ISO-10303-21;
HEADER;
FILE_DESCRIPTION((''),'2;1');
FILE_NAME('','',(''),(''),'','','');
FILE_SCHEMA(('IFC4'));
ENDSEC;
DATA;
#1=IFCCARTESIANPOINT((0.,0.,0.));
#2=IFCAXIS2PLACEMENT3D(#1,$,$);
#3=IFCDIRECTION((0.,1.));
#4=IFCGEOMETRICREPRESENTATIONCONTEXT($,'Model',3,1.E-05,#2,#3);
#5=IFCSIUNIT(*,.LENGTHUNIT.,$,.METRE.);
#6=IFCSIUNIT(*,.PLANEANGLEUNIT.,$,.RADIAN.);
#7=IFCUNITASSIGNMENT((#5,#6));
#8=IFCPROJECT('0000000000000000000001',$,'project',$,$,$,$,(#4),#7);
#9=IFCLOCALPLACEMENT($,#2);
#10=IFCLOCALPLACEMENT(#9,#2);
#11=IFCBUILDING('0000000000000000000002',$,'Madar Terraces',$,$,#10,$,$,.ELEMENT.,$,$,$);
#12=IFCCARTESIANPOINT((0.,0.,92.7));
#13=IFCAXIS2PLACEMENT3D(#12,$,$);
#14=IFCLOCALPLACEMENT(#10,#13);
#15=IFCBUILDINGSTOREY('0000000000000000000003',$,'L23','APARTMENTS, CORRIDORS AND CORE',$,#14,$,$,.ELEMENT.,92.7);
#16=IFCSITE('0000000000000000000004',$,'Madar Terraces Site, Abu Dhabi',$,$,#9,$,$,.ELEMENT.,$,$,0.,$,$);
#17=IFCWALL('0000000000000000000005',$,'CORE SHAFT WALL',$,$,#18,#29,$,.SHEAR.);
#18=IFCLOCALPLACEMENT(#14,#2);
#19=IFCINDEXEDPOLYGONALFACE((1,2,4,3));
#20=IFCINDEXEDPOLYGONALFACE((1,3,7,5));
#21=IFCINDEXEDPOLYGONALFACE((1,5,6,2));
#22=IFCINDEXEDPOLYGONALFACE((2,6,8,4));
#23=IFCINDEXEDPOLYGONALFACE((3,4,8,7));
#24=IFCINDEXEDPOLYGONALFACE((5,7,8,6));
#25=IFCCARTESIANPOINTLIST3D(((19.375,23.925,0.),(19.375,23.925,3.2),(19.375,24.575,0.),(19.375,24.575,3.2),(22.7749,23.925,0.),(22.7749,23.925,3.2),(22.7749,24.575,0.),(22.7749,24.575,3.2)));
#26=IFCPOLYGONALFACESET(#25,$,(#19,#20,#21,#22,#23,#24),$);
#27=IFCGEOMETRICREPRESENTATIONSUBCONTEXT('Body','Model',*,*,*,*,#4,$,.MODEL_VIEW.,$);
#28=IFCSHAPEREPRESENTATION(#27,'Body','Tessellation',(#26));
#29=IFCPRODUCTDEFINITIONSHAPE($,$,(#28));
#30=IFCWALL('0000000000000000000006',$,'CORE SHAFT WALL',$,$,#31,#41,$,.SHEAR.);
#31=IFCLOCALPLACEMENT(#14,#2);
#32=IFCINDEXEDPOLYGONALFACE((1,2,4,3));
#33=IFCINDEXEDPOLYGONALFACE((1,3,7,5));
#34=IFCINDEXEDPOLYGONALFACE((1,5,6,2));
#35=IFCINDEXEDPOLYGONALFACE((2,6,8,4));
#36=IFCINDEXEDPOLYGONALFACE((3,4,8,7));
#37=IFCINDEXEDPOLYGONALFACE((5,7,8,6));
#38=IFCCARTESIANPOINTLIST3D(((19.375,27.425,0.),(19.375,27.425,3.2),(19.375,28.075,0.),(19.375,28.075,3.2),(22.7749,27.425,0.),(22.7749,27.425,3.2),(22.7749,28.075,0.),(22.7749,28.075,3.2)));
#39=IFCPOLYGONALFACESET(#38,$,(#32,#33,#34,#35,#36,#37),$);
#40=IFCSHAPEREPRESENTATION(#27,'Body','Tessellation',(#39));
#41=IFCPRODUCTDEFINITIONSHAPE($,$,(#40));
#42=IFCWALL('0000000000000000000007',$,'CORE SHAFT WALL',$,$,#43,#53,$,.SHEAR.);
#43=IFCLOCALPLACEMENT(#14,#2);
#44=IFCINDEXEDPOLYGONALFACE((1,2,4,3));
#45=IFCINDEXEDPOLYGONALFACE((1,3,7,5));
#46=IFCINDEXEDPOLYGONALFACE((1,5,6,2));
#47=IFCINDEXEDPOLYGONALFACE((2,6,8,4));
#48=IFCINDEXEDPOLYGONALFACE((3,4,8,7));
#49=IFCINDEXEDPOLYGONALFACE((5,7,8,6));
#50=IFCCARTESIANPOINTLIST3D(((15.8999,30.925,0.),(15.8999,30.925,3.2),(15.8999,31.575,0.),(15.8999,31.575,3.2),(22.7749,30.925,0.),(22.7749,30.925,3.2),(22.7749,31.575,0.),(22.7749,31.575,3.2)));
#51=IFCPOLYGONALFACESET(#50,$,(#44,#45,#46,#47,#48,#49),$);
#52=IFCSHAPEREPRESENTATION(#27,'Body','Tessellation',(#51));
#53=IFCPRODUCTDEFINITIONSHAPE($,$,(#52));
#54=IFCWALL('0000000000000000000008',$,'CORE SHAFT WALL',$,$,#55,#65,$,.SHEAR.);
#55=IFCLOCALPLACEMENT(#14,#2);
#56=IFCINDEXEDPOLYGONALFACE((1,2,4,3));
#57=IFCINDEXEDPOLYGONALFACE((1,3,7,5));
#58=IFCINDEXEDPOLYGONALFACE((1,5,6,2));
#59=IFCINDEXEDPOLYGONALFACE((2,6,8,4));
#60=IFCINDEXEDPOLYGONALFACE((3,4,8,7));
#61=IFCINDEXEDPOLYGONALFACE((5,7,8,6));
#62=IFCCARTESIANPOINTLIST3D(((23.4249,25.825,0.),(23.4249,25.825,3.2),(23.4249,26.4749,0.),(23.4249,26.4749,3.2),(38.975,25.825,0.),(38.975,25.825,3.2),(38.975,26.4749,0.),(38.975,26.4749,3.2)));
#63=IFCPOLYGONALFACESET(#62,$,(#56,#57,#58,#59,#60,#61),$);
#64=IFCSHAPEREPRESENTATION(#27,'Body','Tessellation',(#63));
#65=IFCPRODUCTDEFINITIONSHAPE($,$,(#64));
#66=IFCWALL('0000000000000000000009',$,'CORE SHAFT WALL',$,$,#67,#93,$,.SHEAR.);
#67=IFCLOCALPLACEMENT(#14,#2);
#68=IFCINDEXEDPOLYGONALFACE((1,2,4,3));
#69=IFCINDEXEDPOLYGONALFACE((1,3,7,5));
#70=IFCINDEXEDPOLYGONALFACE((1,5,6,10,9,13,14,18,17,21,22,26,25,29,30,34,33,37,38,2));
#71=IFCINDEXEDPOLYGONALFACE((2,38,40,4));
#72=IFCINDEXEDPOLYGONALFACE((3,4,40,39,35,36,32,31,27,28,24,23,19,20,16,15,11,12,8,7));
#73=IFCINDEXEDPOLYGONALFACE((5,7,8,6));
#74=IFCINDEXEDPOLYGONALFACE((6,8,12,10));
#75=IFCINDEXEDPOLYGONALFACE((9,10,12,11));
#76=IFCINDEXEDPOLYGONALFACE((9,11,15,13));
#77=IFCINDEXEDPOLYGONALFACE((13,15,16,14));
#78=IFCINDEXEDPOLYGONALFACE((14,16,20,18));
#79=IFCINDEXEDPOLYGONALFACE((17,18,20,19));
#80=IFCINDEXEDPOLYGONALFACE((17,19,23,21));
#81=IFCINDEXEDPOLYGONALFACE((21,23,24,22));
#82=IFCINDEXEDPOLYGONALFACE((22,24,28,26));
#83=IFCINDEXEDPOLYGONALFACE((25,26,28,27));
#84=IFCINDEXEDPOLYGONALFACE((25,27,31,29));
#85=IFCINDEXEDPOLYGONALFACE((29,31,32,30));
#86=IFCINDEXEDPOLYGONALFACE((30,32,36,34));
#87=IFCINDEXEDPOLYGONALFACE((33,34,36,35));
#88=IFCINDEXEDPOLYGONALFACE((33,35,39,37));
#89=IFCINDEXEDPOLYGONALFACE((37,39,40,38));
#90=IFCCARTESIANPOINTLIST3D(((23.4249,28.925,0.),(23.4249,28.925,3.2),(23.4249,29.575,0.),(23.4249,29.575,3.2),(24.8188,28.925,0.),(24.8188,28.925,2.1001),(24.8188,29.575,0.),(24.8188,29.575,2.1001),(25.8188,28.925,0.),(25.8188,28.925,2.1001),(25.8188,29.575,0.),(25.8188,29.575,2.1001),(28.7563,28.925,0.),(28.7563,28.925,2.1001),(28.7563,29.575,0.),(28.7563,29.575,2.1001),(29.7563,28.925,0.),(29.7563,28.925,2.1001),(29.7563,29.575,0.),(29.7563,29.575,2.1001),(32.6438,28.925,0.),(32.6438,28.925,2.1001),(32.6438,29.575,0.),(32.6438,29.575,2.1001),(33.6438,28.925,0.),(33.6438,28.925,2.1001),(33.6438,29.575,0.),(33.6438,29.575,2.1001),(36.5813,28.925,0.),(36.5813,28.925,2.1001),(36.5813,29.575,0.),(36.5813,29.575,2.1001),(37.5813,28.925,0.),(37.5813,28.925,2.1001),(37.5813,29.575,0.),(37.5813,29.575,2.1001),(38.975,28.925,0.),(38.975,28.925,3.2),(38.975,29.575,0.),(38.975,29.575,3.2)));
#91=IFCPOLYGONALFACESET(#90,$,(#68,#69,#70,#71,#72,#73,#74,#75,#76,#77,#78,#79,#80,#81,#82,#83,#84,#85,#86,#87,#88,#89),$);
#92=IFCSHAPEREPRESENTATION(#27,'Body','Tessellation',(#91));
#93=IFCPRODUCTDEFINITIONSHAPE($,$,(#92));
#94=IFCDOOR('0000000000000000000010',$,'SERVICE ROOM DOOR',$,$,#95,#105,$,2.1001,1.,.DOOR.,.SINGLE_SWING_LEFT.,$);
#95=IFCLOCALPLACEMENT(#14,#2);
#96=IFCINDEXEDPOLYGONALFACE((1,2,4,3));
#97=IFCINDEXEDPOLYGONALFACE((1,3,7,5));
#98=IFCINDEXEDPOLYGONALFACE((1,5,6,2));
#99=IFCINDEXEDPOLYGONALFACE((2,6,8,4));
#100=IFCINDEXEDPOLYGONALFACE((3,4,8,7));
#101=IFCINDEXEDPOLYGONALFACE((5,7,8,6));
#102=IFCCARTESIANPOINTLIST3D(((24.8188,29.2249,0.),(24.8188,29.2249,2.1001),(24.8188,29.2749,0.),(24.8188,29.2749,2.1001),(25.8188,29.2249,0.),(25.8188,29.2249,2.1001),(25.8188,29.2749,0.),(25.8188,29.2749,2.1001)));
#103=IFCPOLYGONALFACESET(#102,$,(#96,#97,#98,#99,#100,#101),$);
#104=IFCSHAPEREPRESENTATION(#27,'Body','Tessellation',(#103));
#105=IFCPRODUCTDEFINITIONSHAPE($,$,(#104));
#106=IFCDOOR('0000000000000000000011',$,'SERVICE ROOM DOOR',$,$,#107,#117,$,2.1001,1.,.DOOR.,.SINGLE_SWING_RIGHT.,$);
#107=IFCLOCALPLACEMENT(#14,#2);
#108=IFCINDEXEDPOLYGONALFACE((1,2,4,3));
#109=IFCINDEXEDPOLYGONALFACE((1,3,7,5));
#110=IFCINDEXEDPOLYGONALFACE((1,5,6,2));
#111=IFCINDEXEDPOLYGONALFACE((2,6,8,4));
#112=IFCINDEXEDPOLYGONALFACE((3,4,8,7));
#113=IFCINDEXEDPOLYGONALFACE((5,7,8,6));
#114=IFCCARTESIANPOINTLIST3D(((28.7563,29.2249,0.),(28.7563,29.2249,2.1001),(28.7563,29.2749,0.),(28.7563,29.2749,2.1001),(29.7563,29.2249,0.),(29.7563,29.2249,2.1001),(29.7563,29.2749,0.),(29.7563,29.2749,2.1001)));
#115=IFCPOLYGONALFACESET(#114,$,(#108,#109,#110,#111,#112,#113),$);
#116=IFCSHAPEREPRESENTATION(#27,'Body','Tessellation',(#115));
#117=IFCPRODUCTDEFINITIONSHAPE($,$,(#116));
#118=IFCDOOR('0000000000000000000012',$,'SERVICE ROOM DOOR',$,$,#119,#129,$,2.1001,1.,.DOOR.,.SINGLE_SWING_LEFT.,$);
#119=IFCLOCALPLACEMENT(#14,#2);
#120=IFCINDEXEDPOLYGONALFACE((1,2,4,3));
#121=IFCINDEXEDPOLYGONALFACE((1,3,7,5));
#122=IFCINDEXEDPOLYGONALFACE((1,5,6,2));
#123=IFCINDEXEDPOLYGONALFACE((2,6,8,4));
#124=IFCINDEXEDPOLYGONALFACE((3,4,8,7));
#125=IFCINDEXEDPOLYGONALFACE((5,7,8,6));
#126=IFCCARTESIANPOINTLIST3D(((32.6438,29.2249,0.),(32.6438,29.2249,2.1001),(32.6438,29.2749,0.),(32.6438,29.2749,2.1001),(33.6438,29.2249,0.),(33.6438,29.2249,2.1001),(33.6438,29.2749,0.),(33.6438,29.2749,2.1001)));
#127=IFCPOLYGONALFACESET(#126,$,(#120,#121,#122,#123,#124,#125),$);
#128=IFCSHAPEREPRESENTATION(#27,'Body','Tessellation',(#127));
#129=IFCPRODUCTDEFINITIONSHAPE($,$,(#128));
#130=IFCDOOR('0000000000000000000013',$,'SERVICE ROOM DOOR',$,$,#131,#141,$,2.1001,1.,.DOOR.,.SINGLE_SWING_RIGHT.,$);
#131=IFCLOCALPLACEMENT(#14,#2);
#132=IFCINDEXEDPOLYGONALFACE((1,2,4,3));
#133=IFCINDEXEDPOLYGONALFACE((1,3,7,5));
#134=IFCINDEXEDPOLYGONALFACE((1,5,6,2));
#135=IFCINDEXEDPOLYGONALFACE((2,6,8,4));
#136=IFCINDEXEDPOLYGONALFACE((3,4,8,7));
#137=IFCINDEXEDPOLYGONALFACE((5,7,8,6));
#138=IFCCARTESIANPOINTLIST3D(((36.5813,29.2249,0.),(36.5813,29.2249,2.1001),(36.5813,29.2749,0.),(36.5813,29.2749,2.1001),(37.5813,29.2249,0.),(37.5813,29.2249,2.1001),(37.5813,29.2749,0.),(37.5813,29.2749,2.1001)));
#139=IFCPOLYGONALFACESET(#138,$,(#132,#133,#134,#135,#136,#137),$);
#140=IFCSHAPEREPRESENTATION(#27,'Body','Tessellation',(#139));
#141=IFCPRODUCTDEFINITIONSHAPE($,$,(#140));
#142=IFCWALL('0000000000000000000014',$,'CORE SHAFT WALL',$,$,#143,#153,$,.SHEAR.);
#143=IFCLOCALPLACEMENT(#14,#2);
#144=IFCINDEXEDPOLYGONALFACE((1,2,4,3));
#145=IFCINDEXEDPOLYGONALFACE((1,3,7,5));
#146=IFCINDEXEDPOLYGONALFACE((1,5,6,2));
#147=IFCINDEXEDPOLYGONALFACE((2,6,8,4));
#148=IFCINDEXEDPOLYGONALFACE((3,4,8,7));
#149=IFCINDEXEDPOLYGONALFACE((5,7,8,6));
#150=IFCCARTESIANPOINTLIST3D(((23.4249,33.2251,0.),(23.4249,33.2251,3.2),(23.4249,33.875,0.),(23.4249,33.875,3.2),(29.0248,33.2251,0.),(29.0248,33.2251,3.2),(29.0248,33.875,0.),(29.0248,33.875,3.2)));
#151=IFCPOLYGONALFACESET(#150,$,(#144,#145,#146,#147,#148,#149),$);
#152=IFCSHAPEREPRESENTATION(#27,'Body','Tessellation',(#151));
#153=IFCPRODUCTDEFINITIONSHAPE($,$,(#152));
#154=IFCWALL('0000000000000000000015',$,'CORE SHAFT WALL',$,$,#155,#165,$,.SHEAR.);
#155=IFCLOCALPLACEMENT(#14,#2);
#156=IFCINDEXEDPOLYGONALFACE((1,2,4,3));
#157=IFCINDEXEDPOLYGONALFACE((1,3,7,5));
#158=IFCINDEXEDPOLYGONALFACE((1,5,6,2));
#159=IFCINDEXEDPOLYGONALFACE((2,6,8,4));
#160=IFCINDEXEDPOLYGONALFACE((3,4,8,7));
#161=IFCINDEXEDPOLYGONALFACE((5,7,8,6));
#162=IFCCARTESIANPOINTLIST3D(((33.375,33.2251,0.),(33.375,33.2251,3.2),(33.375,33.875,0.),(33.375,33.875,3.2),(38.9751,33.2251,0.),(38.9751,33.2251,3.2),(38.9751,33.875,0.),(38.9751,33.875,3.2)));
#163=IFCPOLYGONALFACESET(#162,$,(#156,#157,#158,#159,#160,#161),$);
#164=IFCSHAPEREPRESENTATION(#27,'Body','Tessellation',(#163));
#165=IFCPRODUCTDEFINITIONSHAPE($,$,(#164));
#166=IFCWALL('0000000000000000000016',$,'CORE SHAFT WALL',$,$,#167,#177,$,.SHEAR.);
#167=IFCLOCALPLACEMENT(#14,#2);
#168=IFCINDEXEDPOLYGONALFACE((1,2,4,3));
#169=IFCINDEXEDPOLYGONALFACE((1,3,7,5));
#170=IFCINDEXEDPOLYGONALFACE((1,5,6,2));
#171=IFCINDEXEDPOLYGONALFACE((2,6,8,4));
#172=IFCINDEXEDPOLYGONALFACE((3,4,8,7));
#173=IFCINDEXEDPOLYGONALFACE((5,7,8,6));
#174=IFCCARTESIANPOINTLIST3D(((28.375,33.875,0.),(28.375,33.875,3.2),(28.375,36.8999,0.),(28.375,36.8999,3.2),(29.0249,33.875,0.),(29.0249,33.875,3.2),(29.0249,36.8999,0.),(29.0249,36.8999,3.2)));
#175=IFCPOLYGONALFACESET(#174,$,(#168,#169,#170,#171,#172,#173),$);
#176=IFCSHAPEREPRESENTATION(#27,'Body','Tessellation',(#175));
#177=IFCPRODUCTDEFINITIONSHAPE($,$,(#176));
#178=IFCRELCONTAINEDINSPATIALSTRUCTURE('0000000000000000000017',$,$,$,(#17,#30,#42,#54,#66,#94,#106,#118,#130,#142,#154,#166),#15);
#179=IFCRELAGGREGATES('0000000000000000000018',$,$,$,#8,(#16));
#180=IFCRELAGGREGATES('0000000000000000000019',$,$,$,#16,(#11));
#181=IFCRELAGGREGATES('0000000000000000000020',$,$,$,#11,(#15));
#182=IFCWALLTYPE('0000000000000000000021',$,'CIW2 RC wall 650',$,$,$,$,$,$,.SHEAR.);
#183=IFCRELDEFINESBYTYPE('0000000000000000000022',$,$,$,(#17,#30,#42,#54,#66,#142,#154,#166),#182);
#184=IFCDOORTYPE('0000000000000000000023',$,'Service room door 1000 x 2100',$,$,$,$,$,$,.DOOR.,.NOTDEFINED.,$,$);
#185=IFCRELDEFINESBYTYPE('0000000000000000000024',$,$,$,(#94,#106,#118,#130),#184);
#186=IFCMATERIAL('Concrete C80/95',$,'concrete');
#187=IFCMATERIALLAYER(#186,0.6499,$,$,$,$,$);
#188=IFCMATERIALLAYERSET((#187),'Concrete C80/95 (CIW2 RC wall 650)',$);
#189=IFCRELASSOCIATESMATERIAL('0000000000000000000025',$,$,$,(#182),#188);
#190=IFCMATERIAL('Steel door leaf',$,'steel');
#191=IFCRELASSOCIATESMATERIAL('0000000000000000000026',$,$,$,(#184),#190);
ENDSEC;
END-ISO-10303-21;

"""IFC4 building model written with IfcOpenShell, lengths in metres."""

from ifc_helpers import new_model, si_unit, direction, frame, frame_2d, origin, place, context, subcontext, project, spatial, rectangle, extrude, material, layer, layer_set, type_object, element, fill, save


model = new_model("IFC4")

# Units and contexts
model_context = context("Model", 3, precision=1e-05, world=origin(), true_north=direction((0.0, 1.0)))
body_context = subcontext(model_context, "Body", "Model", "MODEL_VIEW")
ifc_project = project(units=[si_unit("LENGTHUNIT", "METRE"), si_unit("PLANEANGLEUNIT", "RADIAN")], contexts=[model_context])

# Site, building, storey
site_placement = place(None, origin())
site = spatial("IfcSite", under=ifc_project, at=site_placement, Name="Madar Terraces Site, Abu Dhabi", CompositionType="ELEMENT", RefElevation=0.0)
building_placement = place(site_placement, origin())
building = spatial("IfcBuilding", under=site, at=building_placement, Name="Madar Terraces", CompositionType="ELEMENT")
storey_placement = place(building_placement, frame((0.0, 0.0, 92.7)))
storey = spatial("IfcBuildingStorey", under=building, at=storey_placement, Name="L23", Description="APARTMENTS, CORRIDORS AND CORE", CompositionType="ELEMENT", Elevation=92.7)

# Walls
ifc_material_1 = material(Name="Concrete C80/95", Category="concrete")
ifc_layer_1 = layer(ifc_material_1, 0.6499)
ifc_layer_set_1 = layer_set([ifc_layer_1], Name="Concrete C80/95 (CIW2 RC wall 650)")
wall_type_1 = type_object("IfcWallType", Name="CIW2 RC wall 650", PredefinedType="SHEAR", material=ifc_layer_set_1)
for number, where, z_axis, x_axis, name in (
    (1, (19.375, 24.25, 0.0), (0.0, 0.0, 1.0), (1.0, 0.0, 0.0), "CORE SHAFT WALL"),
    (2, (19.375, 27.75, 0.0), (0.0, 0.0, 1.0), (1.0, 0.0, 0.0), "CORE SHAFT WALL"),
):
    element("IfcWall", number, at=place(storey_placement, frame(where, z_axis=z_axis, x_axis=x_axis)), inside=storey, type_object=wall_type_1, Name=name, PredefinedType="SHEAR", context=body_context, shape_type="SweptSolid", body=[
        extrude(rectangle(XDim=3.3999, YDim=0.6499, at=frame_2d((1.7, 0.0))), origin(), (0.0, 0.0, 1.0), 3.2),
    ])
wall_1_placement = place(storey_placement, frame((15.8999, 31.25, 0.0), z_axis=(0.0, 0.0, 1.0), x_axis=(1.0, 0.0, 0.0)))
element("IfcWall", 3, at=wall_1_placement, inside=storey, type_object=wall_type_1, Name="CORE SHAFT WALL", PredefinedType="SHEAR", context=body_context, shape_type="SweptSolid", body=[
    extrude(rectangle(XDim=6.875, YDim=0.6499, at=frame_2d((3.4375, 0.0))), origin(), (0.0, 0.0, 1.0), 3.2),
])
wall_2_placement = place(storey_placement, frame((23.425, 26.1499, 0.0), z_axis=(0.0, 0.0, 1.0), x_axis=(1.0, 0.0, 0.0)))
element("IfcWall", 4, at=wall_2_placement, inside=storey, type_object=wall_type_1, Name="CORE SHAFT WALL", PredefinedType="SHEAR", context=body_context, shape_type="SweptSolid", body=[
    extrude(rectangle(XDim=15.55, YDim=0.6499, at=frame_2d((7.7749, 0.0))), origin(), (0.0, 0.0, 1.0), 3.2),
])

# Wall, openings, doors
wall_3_placement = place(storey_placement, frame((23.425, 29.25, 0.0), z_axis=(0.0, 0.0, 1.0), x_axis=(1.0, 0.0, 0.0)))
wall_3 = element("IfcWall", 5, at=wall_3_placement, inside=storey, type_object=wall_type_1, Name="CORE SHAFT WALL", PredefinedType="SHEAR", context=body_context, shape_type="SweptSolid", body=[
    extrude(rectangle(XDim=15.55, YDim=0.6499, at=frame_2d((7.7749, 0.0))), origin(), (0.0, 0.0, 1.0), 3.2),
])
opening_1_placement = place(wall_3_placement, frame((1.3938, 0.0, 0.0)))
opening_1 = element("IfcOpeningElement", 6, at=opening_1_placement, cuts=wall_3, PredefinedType="OPENING", context=body_context, shape_type="SweptSolid", body=[
    extrude(rectangle(XDim=1.0, YDim=2.1001, at=frame_2d((0.5, 1.05))), frame((0.0, 0.335, 0.0), z_axis=(0.0, -1.0, 0.0), x_axis=(1.0, 0.0, 0.0)), (0.0, 0.0, 1.0), 0.6699),
])
opening_2_placement = place(wall_3_placement, frame((5.3313, 0.0, 0.0)))
opening_2 = element("IfcOpeningElement", 7, at=opening_2_placement, cuts=wall_3, PredefinedType="OPENING", context=body_context, shape_type="SweptSolid", body=[
    extrude(rectangle(XDim=1.0, YDim=2.1001, at=frame_2d((0.5, 1.05))), frame((0.0, 0.335, 0.0), z_axis=(0.0, -1.0, 0.0), x_axis=(1.0, 0.0, 0.0)), (0.0, 0.0, 1.0), 0.6699),
])
opening_3_placement = place(wall_3_placement, frame((9.2188, 0.0, 0.0)))
opening_3 = element("IfcOpeningElement", 8, at=opening_3_placement, cuts=wall_3, PredefinedType="OPENING", context=body_context, shape_type="SweptSolid", body=[
    extrude(rectangle(XDim=1.0, YDim=2.1001, at=frame_2d((0.5, 1.05))), frame((0.0, 0.335, 0.0), z_axis=(0.0, -1.0, 0.0), x_axis=(1.0, 0.0, 0.0)), (0.0, 0.0, 1.0), 0.6699),
])
opening_4_placement = place(wall_3_placement, frame((13.1562, 0.0, 0.0)))
opening_4 = element("IfcOpeningElement", 9, at=opening_4_placement, cuts=wall_3, PredefinedType="OPENING", context=body_context, shape_type="SweptSolid", body=[
    extrude(rectangle(XDim=1.0, YDim=2.1001, at=frame_2d((0.5, 1.05))), frame((0.0, 0.335, 0.0), z_axis=(0.0, -1.0, 0.0), x_axis=(1.0, 0.0, 0.0)), (0.0, 0.0, 1.0), 0.6699),
])
ifc_material_2 = material(Name="Steel door leaf", Category="steel")
door_type_1 = type_object("IfcDoorType", Name="Service room door 1000 x 2100", OperationType="NOTDEFINED", PredefinedType="DOOR", material=ifc_material_2)
door_1_placement = place(opening_1_placement, origin())
door_1 = element("IfcDoor", 10, at=door_1_placement, inside=storey, type_object=door_type_1, Name="SERVICE ROOM DOOR", OperationType="SINGLE_SWING_LEFT", OverallHeight=2.1001, OverallWidth=1.0, PredefinedType="DOOR", context=body_context, shape_type="SweptSolid", body=[
    extrude(rectangle(XDim=1.0, YDim=2.1001, at=frame_2d((0.5, 1.05))), frame((0.0, 0.0249, 0.0), z_axis=(0.0, -1.0, 0.0), x_axis=(1.0, 0.0, 0.0)), (0.0, 0.0, 1.0), 0.05),
])
fill(opening_1, door_1)
door_2_placement = place(opening_2_placement, origin())
door_2 = element("IfcDoor", 11, at=door_2_placement, inside=storey, type_object=door_type_1, Name="SERVICE ROOM DOOR", OperationType="SINGLE_SWING_RIGHT", OverallHeight=2.1001, OverallWidth=1.0, PredefinedType="DOOR", context=body_context, shape_type="SweptSolid", body=[
    extrude(rectangle(XDim=1.0, YDim=2.1001, at=frame_2d((0.5, 1.05))), frame((0.0, 0.0249, 0.0), z_axis=(0.0, -1.0, 0.0), x_axis=(1.0, 0.0, 0.0)), (0.0, 0.0, 1.0), 0.05),
])
fill(opening_2, door_2)
door_3_placement = place(opening_3_placement, origin())
door_3 = element("IfcDoor", 12, at=door_3_placement, inside=storey, type_object=door_type_1, Name="SERVICE ROOM DOOR", OperationType="SINGLE_SWING_LEFT", OverallHeight=2.1001, OverallWidth=1.0, PredefinedType="DOOR", context=body_context, shape_type="SweptSolid", body=[
    extrude(rectangle(XDim=1.0, YDim=2.1001, at=frame_2d((0.5, 1.05))), frame((0.0, 0.0249, 0.0), z_axis=(0.0, -1.0, 0.0), x_axis=(1.0, 0.0, 0.0)), (0.0, 0.0, 1.0), 0.05),
])
fill(opening_3, door_3)
door_4_placement = place(opening_4_placement, origin())
door_4 = element("IfcDoor", 13, at=door_4_placement, inside=storey, type_object=door_type_1, Name="SERVICE ROOM DOOR", OperationType="SINGLE_SWING_RIGHT", OverallHeight=2.1001, OverallWidth=1.0, PredefinedType="DOOR", context=body_context, shape_type="SweptSolid", body=[
    extrude(rectangle(XDim=1.0, YDim=2.1001, at=frame_2d((0.5, 1.05))), frame((0.0, 0.0249, 0.0), z_axis=(0.0, -1.0, 0.0), x_axis=(1.0, 0.0, 0.0)), (0.0, 0.0, 1.0), 0.05),
])
fill(opening_4, door_4)

# Walls
wall_4_placement = place(storey_placement, frame((23.425, 33.55, 0.0), z_axis=(0.0, 0.0, 1.0), x_axis=(1.0, 0.0, 0.0)))
element("IfcWall", 14, at=wall_4_placement, inside=storey, type_object=wall_type_1, Name="CORE SHAFT WALL", PredefinedType="SHEAR", context=body_context, shape_type="SweptSolid", body=[
    extrude(rectangle(XDim=5.5999, YDim=0.6499, at=frame_2d((2.7998, 0.0))), origin(), (0.0, 0.0, 1.0), 3.2),
])
wall_5_placement = place(storey_placement, frame((33.375, 33.55, 0.0), z_axis=(0.0, 0.0, 1.0), x_axis=(1.0, 0.0, 0.0)))
element("IfcWall", 15, at=wall_5_placement, inside=storey, type_object=wall_type_1, Name="CORE SHAFT WALL", PredefinedType="SHEAR", context=body_context, shape_type="SweptSolid", body=[
    extrude(rectangle(XDim=5.6001, YDim=0.6499, at=frame_2d((2.8, 0.0))), origin(), (0.0, 0.0, 1.0), 3.2),
])
wall_6_placement = place(storey_placement, frame((28.7, 33.875, 0.0), z_axis=(0.0, 0.0, 1.0), x_axis=(0.0, 1.0, 0.0)))
element("IfcWall", 16, at=wall_6_placement, inside=storey, type_object=wall_type_1, Name="CORE SHAFT WALL", PredefinedType="SHEAR", context=body_context, shape_type="SweptSolid", body=[
    extrude(rectangle(XDim=3.0249, YDim=0.6499, at=frame_2d((1.5125, 0.0))), origin(), (0.0, 0.0, 1.0), 3.2),
])

save(model, "model.ifc")
